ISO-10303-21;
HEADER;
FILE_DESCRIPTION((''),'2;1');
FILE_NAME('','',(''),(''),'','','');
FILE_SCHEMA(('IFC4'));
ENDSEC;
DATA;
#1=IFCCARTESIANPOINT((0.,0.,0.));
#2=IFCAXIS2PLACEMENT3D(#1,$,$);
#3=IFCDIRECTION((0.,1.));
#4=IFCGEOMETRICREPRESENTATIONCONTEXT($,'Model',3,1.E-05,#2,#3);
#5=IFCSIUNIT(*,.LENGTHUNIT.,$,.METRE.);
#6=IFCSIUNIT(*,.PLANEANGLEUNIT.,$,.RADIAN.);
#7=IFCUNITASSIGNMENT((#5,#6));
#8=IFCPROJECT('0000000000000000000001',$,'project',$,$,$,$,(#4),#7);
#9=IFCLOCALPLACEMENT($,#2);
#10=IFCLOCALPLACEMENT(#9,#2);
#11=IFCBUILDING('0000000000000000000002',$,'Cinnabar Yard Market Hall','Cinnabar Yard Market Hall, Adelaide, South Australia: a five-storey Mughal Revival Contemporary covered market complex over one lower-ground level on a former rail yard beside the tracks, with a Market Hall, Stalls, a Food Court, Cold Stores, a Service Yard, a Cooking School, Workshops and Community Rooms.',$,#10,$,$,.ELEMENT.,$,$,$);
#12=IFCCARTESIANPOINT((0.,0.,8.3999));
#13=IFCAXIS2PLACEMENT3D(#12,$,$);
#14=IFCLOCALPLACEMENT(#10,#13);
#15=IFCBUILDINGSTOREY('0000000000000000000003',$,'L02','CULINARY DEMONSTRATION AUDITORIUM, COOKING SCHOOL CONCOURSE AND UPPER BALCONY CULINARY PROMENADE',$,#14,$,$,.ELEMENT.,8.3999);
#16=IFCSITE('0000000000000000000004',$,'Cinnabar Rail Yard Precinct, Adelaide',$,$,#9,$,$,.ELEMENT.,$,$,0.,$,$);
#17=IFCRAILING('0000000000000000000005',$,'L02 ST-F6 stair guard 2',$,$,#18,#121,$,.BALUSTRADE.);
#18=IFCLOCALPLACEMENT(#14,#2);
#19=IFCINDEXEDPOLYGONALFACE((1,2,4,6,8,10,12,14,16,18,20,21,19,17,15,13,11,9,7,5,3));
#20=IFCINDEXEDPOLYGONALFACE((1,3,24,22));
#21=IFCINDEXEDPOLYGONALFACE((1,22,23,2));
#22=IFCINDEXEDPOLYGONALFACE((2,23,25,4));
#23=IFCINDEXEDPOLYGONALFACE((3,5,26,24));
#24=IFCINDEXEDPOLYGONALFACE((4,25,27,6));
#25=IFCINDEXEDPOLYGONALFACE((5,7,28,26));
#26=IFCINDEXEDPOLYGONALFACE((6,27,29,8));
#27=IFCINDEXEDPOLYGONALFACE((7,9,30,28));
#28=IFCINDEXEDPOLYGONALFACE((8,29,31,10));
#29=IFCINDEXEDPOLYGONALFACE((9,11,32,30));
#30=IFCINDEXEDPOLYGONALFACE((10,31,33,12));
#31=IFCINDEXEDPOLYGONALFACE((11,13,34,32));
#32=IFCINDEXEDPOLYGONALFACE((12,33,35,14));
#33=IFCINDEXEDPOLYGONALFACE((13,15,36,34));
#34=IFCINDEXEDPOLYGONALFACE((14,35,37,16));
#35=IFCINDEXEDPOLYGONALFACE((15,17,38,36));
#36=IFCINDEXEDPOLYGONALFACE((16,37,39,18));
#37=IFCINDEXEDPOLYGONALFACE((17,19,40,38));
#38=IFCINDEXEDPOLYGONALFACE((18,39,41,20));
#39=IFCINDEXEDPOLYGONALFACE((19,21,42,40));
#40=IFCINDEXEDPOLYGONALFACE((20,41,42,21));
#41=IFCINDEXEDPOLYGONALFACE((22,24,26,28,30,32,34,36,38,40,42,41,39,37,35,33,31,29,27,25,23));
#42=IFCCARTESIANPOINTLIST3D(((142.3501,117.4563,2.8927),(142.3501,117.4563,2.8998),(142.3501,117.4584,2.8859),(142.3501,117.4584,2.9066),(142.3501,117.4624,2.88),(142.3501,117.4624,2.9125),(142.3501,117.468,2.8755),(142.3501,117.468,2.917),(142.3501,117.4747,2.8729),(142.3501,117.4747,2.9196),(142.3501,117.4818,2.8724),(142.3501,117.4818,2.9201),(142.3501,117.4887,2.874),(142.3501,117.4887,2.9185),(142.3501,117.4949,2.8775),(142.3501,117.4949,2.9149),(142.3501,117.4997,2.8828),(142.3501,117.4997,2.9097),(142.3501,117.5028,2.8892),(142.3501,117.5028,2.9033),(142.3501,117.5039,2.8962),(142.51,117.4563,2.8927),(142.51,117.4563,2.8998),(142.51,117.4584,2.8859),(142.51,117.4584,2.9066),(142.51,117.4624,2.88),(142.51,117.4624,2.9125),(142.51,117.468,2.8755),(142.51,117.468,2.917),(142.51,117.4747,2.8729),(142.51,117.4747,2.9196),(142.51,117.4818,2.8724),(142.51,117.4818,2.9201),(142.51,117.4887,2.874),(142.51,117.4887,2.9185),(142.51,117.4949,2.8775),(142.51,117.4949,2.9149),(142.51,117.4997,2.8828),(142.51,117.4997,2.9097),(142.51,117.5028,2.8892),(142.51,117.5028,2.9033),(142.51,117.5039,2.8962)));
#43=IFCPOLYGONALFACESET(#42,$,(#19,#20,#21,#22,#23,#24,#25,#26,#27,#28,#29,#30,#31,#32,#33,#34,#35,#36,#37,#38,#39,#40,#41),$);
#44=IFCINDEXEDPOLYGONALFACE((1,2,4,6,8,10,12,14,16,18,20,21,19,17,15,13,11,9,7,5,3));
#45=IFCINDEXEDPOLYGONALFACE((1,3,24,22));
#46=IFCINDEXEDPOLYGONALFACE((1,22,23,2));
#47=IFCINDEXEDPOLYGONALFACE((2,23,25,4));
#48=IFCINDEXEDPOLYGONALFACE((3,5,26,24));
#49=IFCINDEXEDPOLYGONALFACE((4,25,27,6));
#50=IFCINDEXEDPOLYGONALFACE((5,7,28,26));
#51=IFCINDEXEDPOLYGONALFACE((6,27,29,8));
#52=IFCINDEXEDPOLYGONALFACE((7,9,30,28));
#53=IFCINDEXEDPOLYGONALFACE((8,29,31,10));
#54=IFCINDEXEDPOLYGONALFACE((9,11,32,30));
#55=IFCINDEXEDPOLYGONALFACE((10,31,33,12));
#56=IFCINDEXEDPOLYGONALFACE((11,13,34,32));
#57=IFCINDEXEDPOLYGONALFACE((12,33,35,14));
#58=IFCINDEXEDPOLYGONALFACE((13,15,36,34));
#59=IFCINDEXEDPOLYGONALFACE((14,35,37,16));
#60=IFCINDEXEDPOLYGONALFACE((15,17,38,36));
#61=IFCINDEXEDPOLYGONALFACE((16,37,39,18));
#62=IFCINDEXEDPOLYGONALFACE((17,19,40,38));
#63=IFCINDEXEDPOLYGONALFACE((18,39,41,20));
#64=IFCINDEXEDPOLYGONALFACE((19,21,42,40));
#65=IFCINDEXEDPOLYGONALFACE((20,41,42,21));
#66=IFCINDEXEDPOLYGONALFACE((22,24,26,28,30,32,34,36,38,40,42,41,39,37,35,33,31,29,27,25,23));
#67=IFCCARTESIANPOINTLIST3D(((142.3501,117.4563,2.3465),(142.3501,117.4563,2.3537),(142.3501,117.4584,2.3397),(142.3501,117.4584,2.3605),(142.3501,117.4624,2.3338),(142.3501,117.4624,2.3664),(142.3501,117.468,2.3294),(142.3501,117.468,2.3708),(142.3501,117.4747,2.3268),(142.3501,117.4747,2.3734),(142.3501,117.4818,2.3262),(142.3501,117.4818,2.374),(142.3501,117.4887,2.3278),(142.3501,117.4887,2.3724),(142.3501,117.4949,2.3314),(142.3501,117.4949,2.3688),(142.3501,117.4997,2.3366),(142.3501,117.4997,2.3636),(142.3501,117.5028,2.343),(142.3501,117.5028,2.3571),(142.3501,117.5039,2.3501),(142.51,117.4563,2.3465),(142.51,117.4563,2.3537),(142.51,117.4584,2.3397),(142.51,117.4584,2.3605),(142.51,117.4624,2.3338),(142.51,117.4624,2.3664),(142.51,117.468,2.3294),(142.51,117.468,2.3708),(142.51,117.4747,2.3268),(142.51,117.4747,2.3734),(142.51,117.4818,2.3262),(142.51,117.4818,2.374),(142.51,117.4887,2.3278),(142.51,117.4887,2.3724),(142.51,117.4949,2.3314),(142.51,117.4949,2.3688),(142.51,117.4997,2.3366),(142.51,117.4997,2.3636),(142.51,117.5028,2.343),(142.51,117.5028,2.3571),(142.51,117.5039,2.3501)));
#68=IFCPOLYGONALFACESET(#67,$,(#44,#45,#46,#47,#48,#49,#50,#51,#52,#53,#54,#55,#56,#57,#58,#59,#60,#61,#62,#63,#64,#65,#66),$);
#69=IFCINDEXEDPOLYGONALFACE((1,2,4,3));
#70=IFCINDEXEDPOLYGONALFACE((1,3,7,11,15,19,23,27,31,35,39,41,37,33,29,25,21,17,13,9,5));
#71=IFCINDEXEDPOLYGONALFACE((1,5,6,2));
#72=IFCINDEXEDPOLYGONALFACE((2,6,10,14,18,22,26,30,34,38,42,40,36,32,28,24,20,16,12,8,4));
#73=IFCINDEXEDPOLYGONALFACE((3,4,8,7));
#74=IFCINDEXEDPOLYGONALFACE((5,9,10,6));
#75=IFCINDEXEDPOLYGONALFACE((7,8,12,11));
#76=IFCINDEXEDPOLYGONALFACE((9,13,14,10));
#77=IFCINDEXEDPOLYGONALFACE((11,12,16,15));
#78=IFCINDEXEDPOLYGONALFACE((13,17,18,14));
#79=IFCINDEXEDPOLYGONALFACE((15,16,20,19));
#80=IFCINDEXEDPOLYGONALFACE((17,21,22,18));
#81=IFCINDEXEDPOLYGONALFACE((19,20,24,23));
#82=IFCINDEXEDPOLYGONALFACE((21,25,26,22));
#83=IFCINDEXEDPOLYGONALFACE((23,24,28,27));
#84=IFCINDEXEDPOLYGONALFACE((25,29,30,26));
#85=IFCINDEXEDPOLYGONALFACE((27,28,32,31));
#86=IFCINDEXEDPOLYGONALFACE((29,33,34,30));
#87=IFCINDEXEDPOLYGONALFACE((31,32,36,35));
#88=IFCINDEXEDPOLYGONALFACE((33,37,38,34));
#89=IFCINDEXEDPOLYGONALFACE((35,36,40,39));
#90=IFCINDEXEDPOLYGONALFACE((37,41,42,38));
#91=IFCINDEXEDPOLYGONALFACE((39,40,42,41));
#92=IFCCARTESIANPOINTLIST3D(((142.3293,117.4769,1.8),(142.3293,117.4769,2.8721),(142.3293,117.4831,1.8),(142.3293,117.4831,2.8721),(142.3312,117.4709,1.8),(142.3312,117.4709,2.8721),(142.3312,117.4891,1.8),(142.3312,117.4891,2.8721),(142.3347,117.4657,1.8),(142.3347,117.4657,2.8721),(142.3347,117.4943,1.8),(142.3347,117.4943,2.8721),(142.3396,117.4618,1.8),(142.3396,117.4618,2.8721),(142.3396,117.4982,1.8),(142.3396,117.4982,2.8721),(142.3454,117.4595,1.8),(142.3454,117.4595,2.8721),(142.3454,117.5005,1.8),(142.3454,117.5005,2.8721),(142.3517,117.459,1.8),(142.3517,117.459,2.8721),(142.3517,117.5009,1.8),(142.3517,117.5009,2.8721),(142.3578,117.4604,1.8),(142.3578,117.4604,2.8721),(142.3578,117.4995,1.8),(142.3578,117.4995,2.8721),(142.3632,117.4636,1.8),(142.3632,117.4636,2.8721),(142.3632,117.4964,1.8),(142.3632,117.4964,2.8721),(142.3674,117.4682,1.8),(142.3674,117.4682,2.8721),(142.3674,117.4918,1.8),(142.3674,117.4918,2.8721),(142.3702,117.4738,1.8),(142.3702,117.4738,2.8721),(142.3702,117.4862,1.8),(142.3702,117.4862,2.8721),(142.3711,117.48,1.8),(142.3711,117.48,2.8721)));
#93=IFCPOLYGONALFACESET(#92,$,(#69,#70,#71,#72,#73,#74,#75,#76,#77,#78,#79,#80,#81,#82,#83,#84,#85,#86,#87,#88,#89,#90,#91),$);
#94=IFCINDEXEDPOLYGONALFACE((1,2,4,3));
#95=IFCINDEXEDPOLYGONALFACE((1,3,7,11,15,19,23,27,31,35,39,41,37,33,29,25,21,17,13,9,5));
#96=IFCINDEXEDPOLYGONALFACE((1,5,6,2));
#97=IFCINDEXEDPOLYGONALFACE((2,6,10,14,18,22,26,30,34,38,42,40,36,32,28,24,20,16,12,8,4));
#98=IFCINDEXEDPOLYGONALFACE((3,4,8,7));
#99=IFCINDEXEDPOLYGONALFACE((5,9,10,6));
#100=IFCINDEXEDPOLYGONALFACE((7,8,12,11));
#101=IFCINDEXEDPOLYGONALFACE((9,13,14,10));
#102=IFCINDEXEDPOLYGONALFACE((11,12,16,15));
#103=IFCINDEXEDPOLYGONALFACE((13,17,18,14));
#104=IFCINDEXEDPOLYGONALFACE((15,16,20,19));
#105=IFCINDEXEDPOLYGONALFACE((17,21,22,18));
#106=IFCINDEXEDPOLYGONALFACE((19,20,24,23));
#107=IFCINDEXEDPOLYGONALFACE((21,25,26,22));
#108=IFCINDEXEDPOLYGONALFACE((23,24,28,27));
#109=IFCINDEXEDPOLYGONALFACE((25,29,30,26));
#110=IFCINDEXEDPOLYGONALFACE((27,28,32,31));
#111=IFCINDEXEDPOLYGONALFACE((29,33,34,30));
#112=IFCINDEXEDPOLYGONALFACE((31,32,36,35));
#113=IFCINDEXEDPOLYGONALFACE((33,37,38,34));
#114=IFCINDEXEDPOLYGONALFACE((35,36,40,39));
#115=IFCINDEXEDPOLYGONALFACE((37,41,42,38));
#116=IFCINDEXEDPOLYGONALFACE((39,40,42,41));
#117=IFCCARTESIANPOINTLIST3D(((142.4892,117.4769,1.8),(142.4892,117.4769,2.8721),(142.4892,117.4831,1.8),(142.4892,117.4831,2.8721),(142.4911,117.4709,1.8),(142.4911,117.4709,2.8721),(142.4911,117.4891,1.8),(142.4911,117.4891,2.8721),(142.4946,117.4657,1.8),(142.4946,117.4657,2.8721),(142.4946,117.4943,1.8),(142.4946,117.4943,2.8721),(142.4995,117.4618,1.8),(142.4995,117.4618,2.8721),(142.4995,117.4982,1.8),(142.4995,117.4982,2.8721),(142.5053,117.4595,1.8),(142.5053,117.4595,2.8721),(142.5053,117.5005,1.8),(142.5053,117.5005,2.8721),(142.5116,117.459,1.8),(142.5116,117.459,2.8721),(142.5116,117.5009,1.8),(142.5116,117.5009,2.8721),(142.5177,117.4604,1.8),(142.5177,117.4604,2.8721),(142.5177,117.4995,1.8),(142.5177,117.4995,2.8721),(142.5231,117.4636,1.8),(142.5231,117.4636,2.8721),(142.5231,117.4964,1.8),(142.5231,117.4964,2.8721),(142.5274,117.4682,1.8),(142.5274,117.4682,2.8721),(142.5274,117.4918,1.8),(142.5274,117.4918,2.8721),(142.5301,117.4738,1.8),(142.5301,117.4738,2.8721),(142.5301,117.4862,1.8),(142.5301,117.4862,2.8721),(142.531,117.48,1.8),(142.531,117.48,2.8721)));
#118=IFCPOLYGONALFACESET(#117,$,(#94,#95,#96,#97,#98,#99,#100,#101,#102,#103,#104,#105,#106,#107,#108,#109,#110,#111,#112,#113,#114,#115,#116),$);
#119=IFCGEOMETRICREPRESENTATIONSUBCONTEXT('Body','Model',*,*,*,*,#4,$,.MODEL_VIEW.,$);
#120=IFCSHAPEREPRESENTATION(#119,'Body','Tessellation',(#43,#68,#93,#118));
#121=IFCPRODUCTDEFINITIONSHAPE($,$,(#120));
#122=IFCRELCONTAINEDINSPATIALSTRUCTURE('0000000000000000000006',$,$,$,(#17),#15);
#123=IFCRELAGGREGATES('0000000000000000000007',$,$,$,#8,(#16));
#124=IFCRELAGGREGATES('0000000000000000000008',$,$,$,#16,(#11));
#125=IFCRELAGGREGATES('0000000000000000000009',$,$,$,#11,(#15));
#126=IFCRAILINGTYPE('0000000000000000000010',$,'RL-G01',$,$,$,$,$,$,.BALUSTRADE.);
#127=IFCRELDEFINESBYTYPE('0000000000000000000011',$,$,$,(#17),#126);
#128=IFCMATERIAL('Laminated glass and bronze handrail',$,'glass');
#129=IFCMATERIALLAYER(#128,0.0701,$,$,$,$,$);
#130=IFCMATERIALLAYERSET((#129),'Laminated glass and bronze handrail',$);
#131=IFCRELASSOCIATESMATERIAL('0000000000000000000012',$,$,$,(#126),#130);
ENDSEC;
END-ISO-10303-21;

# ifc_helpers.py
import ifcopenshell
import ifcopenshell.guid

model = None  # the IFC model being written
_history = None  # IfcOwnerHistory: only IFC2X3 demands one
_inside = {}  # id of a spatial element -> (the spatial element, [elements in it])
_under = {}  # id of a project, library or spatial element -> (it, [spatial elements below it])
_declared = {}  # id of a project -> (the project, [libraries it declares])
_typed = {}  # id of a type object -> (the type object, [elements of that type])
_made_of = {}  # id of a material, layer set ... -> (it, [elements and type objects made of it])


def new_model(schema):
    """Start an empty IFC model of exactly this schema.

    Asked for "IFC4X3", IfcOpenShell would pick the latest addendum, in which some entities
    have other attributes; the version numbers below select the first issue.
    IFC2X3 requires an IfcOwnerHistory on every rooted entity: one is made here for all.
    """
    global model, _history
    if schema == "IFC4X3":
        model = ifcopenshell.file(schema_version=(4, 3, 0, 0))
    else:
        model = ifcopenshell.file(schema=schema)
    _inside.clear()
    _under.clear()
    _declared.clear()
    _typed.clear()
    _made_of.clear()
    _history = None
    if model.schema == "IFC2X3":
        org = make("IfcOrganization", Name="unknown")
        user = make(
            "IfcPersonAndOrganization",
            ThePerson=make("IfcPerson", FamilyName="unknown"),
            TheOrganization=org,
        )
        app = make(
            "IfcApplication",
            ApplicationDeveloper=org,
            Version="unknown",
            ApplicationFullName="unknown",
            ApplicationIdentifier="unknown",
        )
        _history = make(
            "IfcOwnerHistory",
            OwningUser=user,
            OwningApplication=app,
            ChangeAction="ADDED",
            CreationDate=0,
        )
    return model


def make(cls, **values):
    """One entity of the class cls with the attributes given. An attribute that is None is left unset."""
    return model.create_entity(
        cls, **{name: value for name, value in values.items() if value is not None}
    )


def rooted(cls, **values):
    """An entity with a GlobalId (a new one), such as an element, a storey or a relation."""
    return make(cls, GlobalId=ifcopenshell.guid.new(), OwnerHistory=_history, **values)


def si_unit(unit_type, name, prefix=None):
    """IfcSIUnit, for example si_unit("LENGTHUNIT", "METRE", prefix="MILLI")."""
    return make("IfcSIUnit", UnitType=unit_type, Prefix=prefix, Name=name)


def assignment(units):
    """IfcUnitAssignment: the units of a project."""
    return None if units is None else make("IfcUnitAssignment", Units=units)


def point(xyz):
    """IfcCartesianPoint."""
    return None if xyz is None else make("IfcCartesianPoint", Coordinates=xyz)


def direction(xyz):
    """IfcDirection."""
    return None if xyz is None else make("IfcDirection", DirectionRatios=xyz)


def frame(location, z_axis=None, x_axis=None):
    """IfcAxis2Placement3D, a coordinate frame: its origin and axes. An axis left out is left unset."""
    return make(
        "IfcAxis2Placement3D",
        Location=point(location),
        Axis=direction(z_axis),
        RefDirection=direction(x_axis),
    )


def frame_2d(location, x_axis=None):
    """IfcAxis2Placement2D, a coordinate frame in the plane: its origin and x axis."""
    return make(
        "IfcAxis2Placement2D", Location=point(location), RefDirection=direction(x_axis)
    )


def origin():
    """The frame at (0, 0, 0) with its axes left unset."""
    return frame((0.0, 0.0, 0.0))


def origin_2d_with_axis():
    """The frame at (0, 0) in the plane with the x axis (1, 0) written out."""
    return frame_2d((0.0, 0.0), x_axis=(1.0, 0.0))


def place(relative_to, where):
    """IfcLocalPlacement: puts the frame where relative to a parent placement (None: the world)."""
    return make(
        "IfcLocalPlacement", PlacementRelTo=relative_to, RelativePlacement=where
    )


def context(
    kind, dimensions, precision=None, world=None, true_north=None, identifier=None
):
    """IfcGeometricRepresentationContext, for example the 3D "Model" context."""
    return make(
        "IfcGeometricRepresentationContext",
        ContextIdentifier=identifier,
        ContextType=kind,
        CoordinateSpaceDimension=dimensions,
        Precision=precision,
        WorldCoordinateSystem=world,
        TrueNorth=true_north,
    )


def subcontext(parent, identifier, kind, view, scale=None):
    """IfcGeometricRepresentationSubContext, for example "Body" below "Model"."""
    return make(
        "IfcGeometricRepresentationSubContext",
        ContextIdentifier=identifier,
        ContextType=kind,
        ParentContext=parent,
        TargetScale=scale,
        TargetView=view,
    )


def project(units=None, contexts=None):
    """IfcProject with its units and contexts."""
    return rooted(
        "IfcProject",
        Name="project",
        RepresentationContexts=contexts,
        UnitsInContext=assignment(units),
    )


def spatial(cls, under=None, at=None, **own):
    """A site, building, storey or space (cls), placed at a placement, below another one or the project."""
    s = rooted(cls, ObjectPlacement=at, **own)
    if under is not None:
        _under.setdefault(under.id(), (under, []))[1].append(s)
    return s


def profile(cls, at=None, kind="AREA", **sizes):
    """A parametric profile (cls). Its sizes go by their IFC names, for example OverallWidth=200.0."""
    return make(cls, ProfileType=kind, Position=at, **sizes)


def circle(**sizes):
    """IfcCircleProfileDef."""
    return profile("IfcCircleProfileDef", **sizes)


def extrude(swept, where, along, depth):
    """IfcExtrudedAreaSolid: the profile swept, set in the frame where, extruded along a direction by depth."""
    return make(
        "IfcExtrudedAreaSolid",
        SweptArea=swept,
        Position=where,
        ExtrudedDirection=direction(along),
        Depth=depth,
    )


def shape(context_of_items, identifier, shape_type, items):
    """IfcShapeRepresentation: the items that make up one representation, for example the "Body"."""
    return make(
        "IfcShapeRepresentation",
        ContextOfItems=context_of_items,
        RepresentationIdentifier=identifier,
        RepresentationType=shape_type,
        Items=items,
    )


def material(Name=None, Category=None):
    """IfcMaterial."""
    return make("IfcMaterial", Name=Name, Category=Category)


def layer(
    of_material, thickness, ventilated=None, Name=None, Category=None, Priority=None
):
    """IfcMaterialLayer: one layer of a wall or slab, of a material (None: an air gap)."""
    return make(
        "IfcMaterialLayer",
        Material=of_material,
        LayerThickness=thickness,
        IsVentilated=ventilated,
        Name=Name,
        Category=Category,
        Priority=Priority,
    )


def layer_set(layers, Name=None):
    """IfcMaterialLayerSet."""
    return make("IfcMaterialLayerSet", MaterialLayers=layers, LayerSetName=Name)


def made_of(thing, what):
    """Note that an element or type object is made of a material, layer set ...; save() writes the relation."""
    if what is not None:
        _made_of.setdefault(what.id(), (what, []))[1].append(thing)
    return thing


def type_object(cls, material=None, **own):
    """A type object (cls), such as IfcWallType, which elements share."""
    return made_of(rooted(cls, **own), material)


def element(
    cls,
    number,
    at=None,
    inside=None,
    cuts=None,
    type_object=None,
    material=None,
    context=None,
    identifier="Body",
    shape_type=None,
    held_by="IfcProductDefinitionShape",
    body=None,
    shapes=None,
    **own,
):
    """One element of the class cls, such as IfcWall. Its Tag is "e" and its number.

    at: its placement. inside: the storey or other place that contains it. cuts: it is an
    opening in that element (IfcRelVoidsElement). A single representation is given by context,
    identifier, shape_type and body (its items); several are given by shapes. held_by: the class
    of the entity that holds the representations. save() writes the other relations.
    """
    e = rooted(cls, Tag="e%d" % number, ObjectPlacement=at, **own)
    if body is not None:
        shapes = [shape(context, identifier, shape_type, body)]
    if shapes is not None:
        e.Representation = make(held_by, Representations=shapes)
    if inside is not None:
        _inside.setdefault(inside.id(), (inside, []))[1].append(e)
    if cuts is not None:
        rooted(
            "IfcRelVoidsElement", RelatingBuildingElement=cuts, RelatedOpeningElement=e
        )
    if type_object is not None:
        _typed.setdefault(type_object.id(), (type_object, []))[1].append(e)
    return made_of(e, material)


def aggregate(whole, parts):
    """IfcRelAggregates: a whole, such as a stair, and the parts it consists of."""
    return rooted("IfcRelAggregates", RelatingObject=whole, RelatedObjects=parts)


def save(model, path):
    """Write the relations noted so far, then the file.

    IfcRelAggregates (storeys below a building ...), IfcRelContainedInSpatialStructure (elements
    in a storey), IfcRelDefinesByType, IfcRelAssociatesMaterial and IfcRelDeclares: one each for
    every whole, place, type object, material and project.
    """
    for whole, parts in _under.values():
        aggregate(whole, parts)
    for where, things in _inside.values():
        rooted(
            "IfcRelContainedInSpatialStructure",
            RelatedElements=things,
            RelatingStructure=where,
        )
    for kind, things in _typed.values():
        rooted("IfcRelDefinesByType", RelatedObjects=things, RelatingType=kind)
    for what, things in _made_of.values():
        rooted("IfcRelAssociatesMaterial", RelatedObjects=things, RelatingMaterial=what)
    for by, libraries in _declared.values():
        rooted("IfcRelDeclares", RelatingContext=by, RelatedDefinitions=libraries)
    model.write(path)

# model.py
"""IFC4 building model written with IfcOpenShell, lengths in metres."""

from ifc_helpers import new_model, si_unit, direction, frame, origin, origin_2d_with_axis, place, context, subcontext, project, spatial, circle, extrude, material, layer, layer_set, type_object, element, save


model = new_model("IFC4")

# Units and contexts
model_context = context("Model", 3, precision=1e-05, world=origin(), true_north=direction((0.0, 1.0)))
body_context = subcontext(model_context, "Body", "Model", "MODEL_VIEW")
ifc_project = project(units=[si_unit("LENGTHUNIT", "METRE"), si_unit("PLANEANGLEUNIT", "RADIAN")], contexts=[model_context])

# Site, building, storey
site_placement = place(None, origin())
site = spatial("IfcSite", under=ifc_project, at=site_placement, Name="Cinnabar Rail Yard Precinct, Adelaide", CompositionType="ELEMENT", RefElevation=0.0)
building_placement = place(site_placement, origin())
building = spatial("IfcBuilding", under=site, at=building_placement, Name="Cinnabar Yard Market Hall", Description="Cinnabar Yard Market Hall, Adelaide, South Australia: a five-storey Mughal Revival Contemporary covered market complex over one lower-ground level on a former rail yard beside the tracks, with a Market Hall, Stalls, a Food Court, Cold Stores, a Service Yard, a Cooking School, Workshops and Community Rooms.", CompositionType="ELEMENT")
storey_placement = place(building_placement, frame((0.0, 0.0, 8.3999)))
storey = spatial("IfcBuildingStorey", under=building, at=storey_placement, Name="L02", Description="CULINARY DEMONSTRATION AUDITORIUM, COOKING SCHOOL CONCOURSE AND UPPER BALCONY CULINARY PROMENADE", CompositionType="ELEMENT", Elevation=8.3999)

# Railing
ifc_material_1 = material(Name="Laminated glass and bronze handrail", Category="glass")
ifc_layer_1 = layer(ifc_material_1, 0.0701)
ifc_layer_set_1 = layer_set([ifc_layer_1], Name="Laminated glass and bronze handrail")
railing_type_1 = type_object("IfcRailingType", Name="RL-G01", PredefinedType="BALUSTRADE", material=ifc_layer_set_1)
railing_1_placement = place(storey_placement, frame((142.3501, 117.48, 1.8)))
element("IfcRailing", 1, at=railing_1_placement, inside=storey, type_object=railing_type_1, Name="L02 ST-F6 stair guard 2", PredefinedType="BALUSTRADE", context=body_context, shape_type="SweptSolid", body=[
    extrude(circle(Radius=0.0239, at=origin_2d_with_axis()), frame((0.0, 0.0, 1.0962), z_axis=(1.0, 0.0, 0.0), x_axis=(0.0, 1.0, 0.0)), (0.0, 0.0, 1.0), 0.1599),
    extrude(circle(Radius=0.0239, at=origin_2d_with_axis()), frame((0.0, 0.0, 0.55), z_axis=(1.0, 0.0, 0.0), x_axis=(0.0, 1.0, 0.0)), (0.0, 0.0, 1.0), 0.1599),
    extrude(circle(Radius=0.021, at=origin_2d_with_axis()), origin(), (0.0, 0.0, 1.0), 1.072),
    extrude(circle(Radius=0.021, at=origin_2d_with_axis()), frame((0.1599, 0.0, 0.0)), (0.0, 0.0, 1.0), 1.072),
])

save(model, "model.ifc")
